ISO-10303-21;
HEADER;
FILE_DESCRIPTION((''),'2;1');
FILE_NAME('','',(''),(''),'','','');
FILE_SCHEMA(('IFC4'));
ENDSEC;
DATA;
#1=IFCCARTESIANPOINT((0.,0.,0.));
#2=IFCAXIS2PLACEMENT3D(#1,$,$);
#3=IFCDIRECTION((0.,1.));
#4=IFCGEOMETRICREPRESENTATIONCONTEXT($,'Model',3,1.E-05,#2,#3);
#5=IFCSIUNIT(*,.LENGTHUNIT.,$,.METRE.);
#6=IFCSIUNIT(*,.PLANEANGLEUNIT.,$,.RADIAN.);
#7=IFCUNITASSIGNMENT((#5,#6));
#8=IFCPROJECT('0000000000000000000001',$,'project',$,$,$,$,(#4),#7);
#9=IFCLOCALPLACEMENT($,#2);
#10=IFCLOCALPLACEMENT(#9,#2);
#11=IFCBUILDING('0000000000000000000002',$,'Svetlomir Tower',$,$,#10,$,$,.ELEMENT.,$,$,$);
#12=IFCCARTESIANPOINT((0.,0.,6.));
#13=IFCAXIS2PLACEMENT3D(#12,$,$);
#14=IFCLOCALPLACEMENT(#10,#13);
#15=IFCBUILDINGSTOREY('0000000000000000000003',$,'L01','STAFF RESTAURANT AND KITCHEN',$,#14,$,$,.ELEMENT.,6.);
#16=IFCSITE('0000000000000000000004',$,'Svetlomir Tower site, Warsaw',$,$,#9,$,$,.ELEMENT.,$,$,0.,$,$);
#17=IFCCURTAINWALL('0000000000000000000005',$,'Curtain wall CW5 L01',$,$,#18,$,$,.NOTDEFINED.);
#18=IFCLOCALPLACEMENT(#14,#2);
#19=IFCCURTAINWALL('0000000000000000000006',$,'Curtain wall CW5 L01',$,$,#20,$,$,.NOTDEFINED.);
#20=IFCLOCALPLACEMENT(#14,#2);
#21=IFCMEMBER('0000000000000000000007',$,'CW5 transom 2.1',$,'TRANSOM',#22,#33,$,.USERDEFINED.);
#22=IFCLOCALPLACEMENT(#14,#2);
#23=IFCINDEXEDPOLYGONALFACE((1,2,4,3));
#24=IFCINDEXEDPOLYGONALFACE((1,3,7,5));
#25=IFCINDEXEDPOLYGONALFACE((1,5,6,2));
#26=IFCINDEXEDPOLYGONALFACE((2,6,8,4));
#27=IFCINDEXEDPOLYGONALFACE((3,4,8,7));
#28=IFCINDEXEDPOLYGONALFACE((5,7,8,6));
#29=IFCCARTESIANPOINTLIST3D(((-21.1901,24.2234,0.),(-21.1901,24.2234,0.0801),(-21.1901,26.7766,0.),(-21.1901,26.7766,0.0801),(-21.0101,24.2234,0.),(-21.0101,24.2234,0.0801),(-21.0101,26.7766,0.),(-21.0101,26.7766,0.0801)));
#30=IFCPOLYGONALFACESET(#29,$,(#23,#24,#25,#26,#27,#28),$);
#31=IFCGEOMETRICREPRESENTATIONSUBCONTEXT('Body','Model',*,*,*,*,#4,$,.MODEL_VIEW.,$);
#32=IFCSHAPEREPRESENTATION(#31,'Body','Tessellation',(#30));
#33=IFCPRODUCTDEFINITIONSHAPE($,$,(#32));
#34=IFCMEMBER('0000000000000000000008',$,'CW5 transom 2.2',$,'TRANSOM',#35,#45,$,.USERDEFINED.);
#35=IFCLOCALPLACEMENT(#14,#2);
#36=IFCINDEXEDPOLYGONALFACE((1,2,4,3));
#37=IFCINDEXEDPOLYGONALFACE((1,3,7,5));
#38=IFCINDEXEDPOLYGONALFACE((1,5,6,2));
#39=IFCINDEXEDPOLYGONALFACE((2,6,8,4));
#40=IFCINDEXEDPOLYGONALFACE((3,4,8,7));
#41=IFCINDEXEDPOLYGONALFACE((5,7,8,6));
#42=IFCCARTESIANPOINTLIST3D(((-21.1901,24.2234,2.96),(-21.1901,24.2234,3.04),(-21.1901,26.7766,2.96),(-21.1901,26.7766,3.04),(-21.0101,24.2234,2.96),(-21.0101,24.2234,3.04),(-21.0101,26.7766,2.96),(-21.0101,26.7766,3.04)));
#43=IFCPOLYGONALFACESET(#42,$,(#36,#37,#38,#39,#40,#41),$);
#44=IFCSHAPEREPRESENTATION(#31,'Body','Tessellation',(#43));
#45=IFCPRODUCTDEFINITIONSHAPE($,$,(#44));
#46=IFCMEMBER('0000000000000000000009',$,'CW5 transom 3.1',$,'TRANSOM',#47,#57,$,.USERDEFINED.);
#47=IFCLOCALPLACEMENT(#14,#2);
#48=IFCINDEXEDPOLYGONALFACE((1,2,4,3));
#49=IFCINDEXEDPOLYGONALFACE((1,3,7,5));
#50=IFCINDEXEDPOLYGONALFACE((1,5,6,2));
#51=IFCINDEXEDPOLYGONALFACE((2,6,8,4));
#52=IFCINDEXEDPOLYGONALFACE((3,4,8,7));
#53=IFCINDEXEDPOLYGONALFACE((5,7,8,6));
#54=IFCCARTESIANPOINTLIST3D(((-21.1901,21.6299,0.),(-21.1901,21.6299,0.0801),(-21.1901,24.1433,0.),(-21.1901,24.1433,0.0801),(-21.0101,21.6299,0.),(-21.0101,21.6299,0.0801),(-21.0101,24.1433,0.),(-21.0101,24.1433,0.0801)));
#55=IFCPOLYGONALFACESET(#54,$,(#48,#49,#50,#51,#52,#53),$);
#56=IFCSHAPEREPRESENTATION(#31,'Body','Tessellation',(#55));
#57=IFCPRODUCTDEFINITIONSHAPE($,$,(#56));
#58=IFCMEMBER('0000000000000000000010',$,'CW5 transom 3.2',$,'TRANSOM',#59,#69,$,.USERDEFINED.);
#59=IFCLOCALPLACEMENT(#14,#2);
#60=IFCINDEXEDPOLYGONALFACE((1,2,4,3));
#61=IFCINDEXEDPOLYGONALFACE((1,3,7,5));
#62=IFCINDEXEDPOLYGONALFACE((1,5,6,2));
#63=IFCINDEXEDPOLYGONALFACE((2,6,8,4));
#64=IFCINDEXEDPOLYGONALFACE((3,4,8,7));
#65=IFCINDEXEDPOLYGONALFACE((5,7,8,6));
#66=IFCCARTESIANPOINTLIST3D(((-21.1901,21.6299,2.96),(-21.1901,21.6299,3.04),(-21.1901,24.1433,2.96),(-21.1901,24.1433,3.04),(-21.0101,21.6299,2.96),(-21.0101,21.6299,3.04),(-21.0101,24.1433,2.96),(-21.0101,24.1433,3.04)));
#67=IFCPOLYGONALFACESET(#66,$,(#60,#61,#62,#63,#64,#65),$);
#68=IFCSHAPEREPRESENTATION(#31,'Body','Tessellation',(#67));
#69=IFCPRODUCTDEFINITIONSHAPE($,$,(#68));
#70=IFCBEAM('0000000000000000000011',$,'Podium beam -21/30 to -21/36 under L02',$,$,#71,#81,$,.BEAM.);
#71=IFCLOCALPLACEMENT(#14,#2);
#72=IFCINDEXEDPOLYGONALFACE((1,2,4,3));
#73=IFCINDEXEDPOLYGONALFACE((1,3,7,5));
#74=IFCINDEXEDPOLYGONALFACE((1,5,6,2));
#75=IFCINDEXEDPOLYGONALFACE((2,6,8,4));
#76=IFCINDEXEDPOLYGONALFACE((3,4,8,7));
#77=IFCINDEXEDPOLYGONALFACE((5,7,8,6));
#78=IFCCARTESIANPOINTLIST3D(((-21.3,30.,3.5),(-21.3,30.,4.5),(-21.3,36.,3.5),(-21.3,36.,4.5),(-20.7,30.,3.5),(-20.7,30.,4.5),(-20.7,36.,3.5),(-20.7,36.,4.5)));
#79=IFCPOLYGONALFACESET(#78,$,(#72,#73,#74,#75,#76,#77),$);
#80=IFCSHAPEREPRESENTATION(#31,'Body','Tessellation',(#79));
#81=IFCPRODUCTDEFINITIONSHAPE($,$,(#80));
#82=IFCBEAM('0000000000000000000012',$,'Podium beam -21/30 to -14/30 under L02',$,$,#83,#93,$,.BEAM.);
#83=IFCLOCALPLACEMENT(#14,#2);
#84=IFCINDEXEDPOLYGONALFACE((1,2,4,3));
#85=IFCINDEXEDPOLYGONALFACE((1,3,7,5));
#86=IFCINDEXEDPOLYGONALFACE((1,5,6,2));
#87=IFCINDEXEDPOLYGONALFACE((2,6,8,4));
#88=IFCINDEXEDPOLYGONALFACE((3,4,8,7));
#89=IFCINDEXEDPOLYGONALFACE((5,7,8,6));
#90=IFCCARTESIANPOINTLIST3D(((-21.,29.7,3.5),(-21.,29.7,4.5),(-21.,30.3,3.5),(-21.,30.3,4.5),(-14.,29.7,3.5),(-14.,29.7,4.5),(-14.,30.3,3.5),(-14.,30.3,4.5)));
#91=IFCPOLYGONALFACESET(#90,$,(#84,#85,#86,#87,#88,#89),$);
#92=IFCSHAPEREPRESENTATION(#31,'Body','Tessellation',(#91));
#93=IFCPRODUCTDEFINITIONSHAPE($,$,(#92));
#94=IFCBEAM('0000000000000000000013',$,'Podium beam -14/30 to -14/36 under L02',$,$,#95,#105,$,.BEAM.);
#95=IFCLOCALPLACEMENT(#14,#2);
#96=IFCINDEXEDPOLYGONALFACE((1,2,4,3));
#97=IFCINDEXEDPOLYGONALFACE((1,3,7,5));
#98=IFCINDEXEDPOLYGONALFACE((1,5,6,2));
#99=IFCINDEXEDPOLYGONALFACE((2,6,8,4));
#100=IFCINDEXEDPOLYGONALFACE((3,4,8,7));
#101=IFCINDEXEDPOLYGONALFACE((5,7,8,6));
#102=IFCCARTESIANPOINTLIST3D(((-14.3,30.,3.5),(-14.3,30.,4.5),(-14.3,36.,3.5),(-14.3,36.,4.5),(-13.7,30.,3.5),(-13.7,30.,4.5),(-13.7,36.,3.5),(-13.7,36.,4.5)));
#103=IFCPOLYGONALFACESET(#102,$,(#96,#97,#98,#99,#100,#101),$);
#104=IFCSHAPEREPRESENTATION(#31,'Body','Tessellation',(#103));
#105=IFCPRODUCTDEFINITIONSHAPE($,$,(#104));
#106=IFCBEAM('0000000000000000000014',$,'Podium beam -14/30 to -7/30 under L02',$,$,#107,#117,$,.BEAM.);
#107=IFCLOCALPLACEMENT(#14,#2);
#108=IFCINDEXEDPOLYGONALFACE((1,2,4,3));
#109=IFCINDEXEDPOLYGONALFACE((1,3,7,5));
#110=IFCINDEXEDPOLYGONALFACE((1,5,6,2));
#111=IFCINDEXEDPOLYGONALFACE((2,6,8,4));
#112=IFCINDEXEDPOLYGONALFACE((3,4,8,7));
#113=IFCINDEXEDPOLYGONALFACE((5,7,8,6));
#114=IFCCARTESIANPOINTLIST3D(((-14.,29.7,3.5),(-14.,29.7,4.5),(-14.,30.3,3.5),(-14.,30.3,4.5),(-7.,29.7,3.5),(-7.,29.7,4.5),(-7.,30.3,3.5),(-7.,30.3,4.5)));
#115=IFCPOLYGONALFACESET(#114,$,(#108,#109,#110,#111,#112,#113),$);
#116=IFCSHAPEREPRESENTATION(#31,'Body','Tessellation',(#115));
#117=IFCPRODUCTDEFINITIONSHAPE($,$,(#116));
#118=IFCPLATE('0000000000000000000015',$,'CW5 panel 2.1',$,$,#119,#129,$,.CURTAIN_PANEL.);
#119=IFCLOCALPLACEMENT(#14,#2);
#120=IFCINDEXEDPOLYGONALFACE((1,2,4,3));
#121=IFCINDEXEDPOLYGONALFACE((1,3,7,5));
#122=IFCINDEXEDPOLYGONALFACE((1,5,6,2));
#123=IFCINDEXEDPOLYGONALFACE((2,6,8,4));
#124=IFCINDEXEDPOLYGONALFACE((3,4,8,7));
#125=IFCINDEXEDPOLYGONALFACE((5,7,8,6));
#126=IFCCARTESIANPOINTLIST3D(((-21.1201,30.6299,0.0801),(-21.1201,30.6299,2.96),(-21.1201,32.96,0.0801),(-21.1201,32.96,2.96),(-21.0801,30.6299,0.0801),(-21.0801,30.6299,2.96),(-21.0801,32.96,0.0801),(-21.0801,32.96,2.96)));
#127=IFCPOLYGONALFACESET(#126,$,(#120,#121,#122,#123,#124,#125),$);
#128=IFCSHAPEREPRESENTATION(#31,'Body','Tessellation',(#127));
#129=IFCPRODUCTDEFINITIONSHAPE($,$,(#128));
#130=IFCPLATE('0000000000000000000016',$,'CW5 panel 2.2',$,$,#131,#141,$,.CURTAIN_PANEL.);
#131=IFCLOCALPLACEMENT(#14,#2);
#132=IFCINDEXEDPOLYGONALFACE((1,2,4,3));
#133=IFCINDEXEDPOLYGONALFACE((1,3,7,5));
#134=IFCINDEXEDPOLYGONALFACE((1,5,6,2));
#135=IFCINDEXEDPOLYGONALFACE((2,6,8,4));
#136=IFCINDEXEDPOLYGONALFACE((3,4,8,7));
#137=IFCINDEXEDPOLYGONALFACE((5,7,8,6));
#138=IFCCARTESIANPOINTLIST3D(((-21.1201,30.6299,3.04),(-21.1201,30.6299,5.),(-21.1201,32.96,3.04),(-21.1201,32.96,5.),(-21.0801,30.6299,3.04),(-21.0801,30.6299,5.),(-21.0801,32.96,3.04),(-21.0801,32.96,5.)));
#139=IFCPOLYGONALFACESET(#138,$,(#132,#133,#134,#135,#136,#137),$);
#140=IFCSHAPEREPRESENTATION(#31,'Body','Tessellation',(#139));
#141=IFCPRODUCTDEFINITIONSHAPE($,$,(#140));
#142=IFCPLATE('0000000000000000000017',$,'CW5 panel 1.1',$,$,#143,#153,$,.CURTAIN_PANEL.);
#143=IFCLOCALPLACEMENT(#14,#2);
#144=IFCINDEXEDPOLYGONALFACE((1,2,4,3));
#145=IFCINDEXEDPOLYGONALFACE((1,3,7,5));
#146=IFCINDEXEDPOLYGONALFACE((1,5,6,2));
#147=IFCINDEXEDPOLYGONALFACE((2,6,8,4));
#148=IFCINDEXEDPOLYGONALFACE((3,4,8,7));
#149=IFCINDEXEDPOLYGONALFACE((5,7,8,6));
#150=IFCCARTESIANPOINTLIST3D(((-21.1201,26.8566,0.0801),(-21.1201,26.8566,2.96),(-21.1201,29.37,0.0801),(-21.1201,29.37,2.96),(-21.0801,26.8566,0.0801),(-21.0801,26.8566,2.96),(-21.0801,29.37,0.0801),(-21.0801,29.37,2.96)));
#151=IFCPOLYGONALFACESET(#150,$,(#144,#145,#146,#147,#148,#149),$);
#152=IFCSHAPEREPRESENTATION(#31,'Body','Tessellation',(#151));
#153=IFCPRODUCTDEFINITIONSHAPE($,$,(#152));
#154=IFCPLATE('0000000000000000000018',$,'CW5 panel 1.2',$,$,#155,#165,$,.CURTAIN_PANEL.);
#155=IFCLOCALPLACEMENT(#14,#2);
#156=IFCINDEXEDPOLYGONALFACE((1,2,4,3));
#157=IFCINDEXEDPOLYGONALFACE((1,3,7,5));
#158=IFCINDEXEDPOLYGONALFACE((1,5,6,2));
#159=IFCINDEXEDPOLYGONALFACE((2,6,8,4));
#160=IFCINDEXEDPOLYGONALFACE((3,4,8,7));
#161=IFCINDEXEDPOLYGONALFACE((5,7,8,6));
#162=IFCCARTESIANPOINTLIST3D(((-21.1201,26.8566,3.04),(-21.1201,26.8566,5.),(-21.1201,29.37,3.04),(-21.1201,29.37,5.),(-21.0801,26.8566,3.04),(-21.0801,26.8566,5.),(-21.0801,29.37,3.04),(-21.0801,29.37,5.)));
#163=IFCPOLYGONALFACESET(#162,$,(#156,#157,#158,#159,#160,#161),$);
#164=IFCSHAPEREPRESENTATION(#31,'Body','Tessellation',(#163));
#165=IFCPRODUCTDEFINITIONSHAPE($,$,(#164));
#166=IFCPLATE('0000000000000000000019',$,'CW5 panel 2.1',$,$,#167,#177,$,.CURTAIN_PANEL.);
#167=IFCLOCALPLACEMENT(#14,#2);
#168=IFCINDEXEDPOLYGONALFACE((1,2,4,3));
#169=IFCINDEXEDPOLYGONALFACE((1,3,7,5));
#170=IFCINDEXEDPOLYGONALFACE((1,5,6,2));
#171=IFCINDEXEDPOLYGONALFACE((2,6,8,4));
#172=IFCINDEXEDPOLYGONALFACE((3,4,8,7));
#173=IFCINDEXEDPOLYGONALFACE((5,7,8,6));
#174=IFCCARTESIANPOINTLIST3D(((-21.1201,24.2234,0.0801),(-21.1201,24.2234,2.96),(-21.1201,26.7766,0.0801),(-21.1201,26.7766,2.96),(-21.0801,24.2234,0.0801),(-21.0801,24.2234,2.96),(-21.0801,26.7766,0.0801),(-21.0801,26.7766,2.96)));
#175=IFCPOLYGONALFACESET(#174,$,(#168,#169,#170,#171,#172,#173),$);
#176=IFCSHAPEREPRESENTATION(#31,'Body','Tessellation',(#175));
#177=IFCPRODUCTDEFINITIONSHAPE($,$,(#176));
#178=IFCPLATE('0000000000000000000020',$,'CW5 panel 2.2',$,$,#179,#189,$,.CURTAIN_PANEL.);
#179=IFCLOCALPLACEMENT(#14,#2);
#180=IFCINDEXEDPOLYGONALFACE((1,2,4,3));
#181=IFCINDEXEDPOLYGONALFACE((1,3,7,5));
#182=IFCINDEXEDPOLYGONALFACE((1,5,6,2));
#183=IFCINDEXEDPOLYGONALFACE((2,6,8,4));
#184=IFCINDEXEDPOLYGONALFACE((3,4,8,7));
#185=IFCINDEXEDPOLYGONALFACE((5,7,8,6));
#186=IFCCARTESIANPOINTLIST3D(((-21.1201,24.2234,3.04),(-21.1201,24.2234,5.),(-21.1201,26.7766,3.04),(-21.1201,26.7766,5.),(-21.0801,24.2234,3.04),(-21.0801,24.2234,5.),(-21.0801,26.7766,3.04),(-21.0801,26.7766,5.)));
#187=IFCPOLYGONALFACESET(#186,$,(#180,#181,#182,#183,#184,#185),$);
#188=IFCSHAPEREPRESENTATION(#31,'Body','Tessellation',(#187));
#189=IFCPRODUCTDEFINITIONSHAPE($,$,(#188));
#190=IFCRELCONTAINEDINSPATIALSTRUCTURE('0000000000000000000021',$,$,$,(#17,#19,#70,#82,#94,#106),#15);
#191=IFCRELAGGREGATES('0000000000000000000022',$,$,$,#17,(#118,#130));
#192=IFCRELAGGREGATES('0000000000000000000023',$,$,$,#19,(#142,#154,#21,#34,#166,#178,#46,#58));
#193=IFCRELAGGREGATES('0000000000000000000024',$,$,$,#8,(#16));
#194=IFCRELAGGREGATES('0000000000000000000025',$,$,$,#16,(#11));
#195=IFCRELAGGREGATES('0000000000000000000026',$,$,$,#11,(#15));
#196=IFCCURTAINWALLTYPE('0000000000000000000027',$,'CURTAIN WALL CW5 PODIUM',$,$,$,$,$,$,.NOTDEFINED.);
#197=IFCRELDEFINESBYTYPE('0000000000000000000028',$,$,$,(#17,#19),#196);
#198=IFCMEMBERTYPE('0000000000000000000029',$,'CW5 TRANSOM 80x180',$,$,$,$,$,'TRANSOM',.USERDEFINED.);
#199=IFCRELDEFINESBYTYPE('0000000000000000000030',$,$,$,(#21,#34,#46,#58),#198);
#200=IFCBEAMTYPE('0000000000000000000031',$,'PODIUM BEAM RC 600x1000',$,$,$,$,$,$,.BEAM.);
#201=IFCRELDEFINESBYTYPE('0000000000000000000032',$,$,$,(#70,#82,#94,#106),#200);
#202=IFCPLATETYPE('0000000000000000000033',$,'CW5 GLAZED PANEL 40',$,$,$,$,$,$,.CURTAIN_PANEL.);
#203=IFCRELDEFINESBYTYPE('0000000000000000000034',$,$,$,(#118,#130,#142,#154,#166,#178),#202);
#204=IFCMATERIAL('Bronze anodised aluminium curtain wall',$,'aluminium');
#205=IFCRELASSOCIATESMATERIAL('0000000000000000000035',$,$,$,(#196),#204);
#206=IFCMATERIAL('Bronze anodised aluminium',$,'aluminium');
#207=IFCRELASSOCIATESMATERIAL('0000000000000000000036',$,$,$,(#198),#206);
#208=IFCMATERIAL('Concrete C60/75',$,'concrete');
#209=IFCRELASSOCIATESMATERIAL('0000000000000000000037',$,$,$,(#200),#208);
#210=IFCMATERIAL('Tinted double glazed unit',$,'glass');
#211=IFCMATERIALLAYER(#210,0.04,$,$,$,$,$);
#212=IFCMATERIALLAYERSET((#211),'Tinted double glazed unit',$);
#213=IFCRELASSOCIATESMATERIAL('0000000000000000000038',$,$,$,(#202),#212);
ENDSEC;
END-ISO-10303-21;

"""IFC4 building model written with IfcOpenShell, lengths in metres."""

from ifc_helpers import new_model, si_unit, direction, frame, origin, origin_2d, place, context, subcontext, project, spatial, rectangle, extrude, material, layer, layer_set, material_profile, profile_set, type_object, element, aggregate, save


model = new_model("IFC4")

# Units and contexts
model_context = context("Model", 3, precision=1e-05, world=origin(), true_north=direction((0.0, 1.0)))
body_context = subcontext(model_context, "Body", "Model", "MODEL_VIEW")
ifc_project = project(units=[si_unit("LENGTHUNIT", "METRE"), si_unit("PLANEANGLEUNIT", "RADIAN")], contexts=[model_context])

# Site, building, storey
site_placement = place(None, origin())
site = spatial("IfcSite", under=ifc_project, at=site_placement, Name="Svetlomir Tower site, Warsaw", CompositionType="ELEMENT", RefElevation=0.0)
building_placement = place(site_placement, origin())
building = spatial("IfcBuilding", under=site, at=building_placement, Name="Svetlomir Tower", CompositionType="ELEMENT")
storey_placement = place(building_placement, frame((0.0, 0.0, 6.0)))
storey = spatial("IfcBuildingStorey", under=building, at=storey_placement, Name="L01", Description="STAFF RESTAURANT AND KITCHEN", CompositionType="ELEMENT", Elevation=6.0)

# Curtain wall
ifc_material_1 = material(Name="Bronze anodised aluminium curtain wall", Category="aluminium")
curtain_wall_type = type_object("IfcCurtainWallType", Name="CURTAIN WALL CW5 PODIUM", PredefinedType="NOTDEFINED", material=ifc_material_1)
curtain_wall_1_placement = place(storey_placement, origin())
curtain_wall_1 = element("IfcCurtainWall", 1, at=curtain_wall_1_placement, inside=storey, type_object=curtain_wall_type, Name="Curtain wall CW5 L01", PredefinedType="NOTDEFINED")

# Curtain wall
curtain_wall_2_placement = place(storey_placement, origin())
curtain_wall_2 = element("IfcCurtainWall", 2, at=curtain_wall_2_placement, inside=storey, type_object=curtain_wall_type, Name="Curtain wall CW5 L01", PredefinedType="NOTDEFINED")

# Members
ifc_material_2 = material(Name="Bronze anodised aluminium", Category="aluminium")
ifc_material_profile_1 = material_profile(ifc_material_2, rectangle(XDim=0.1799, YDim=0.0801, at=origin_2d()), Name="AL 180x80")
ifc_profile_set_1 = profile_set([ifc_material_profile_1], Name="Bronze anodised aluminium 6063-T6")
member_type_1 = type_object("IfcMemberType", Name="CW5 TRANSOM 80x180", ElementType="TRANSOM", PredefinedType="USERDEFINED", material=ifc_profile_set_1)
member_1_placement = place(storey_placement, frame((-21.1001, 26.7766, 0.04), z_axis=(0.0, -1.0, 0.0), x_axis=(1.0, 0.0, 0.0)))
member_1 = element("IfcMember", 3, at=member_1_placement, type_object=member_type_1, Name="CW5 transom 2.1", ObjectType="TRANSOM", PredefinedType="USERDEFINED", context=body_context, shape_type="SweptSolid", body=[
    extrude(rectangle(XDim=0.1799, YDim=0.0801, at=origin_2d()), origin(), (0.0, 0.0, 1.0), 2.5532),
])
member_2_placement = place(storey_placement, frame((-21.1001, 26.7766, 3.0), z_axis=(0.0, -1.0, 0.0), x_axis=(1.0, 0.0, 0.0)))
member_2 = element("IfcMember", 4, at=member_2_placement, type_object=member_type_1, Name="CW5 transom 2.2", ObjectType="TRANSOM", PredefinedType="USERDEFINED", context=body_context, shape_type="SweptSolid", body=[
    extrude(rectangle(XDim=0.1799, YDim=0.0801, at=origin_2d()), origin(), (0.0, 0.0, 1.0), 2.5532),
])
member_3_placement = place(storey_placement, frame((-21.1001, 24.1433, 0.04), z_axis=(0.0, -1.0, 0.0), x_axis=(1.0, 0.0, 0.0)))
member_3 = element("IfcMember", 5, at=member_3_placement, type_object=member_type_1, Name="CW5 transom 3.1", ObjectType="TRANSOM", PredefinedType="USERDEFINED", context=body_context, shape_type="SweptSolid", body=[
    extrude(rectangle(XDim=0.1799, YDim=0.0801, at=origin_2d()), origin(), (0.0, 0.0, 1.0), 2.5134),
])
member_4_placement = place(storey_placement, frame((-21.1001, 24.1433, 3.0), z_axis=(0.0, -1.0, 0.0), x_axis=(1.0, 0.0, 0.0)))
member_4 = element("IfcMember", 6, at=member_4_placement, type_object=member_type_1, Name="CW5 transom 3.2", ObjectType="TRANSOM", PredefinedType="USERDEFINED", context=body_context, shape_type="SweptSolid", body=[
    extrude(rectangle(XDim=0.1799, YDim=0.0801, at=origin_2d()), origin(), (0.0, 0.0, 1.0), 2.5134),
])

# Beams
ifc_material_3 = material(Name="Concrete C60/75", Category="concrete")
ifc_material_profile_2 = material_profile(ifc_material_3, rectangle(XDim=0.6001, YDim=1.0, at=origin_2d()), Name="RC 600x1000")
ifc_profile_set_2 = profile_set([ifc_material_profile_2], Name="Concrete C60/75")
beam_type = type_object("IfcBeamType", Name="PODIUM BEAM RC 600x1000", PredefinedType="BEAM", material=ifc_profile_set_2)
beam_1_placement = place(storey_placement, frame((-21.0, 30.0, 4.0), z_axis=(0.0, 1.0, 0.0), x_axis=(-1.0, 0.0, 0.0)))
element("IfcBeam", 7, at=beam_1_placement, inside=storey, type_object=beam_type, Name="Podium beam -21/30 to -21/36 under L02", PredefinedType="BEAM", context=body_context, shape_type="SweptSolid", body=[
    extrude(rectangle(XDim=0.6001, YDim=1.0, at=origin_2d()), origin(), (0.0, 0.0, 1.0), 6.0),
])
beam_2_placement = place(storey_placement, frame((-21.0, 30.0, 4.0), z_axis=(1.0, 0.0, 0.0), x_axis=(0.0, 1.0, 0.0)))
element("IfcBeam", 8, at=beam_2_placement, inside=storey, type_object=beam_type, Name="Podium beam -21/30 to -14/30 under L02", PredefinedType="BEAM", context=body_context, shape_type="SweptSolid", body=[
    extrude(rectangle(XDim=0.6001, YDim=1.0, at=origin_2d()), origin(), (0.0, 0.0, 1.0), 7.0),
])
beam_3_placement = place(storey_placement, frame((-14.0, 30.0, 4.0), z_axis=(0.0, 1.0, 0.0), x_axis=(-1.0, 0.0, 0.0)))
element("IfcBeam", 9, at=beam_3_placement, inside=storey, type_object=beam_type, Name="Podium beam -14/30 to -14/36 under L02", PredefinedType="BEAM", context=body_context, shape_type="SweptSolid", body=[
    extrude(rectangle(XDim=0.6001, YDim=1.0, at=origin_2d()), origin(), (0.0, 0.0, 1.0), 6.0),
])
beam_4_placement = place(storey_placement, frame((-14.0, 30.0, 4.0), z_axis=(1.0, 0.0, 0.0), x_axis=(0.0, 1.0, 0.0)))
element("IfcBeam", 10, at=beam_4_placement, inside=storey, type_object=beam_type, Name="Podium beam -14/30 to -7/30 under L02", PredefinedType="BEAM", context=body_context, shape_type="SweptSolid", body=[
    extrude(rectangle(XDim=0.6001, YDim=1.0, at=origin_2d()), origin(), (0.0, 0.0, 1.0), 7.0),
])

# Plates
ifc_material_4 = material(Name="Tinted double glazed unit", Category="glass")
ifc_layer_1 = layer(ifc_material_4, 0.04)
ifc_layer_set_1 = layer_set([ifc_layer_1], Name="Tinted double glazed unit")
plate_type = type_object("IfcPlateType", Name="CW5 GLAZED PANEL 40", PredefinedType="CURTAIN_PANEL", material=ifc_layer_set_1)
plate_1_placement = place(storey_placement, frame((-21.1001, 31.7949, 0.0801), z_axis=(0.0, 0.0, 1.0), x_axis=(0.0, -1.0, 0.0)))
plate_1 = element("IfcPlate", 11, at=plate_1_placement, type_object=plate_type, Name="CW5 panel 2.1", PredefinedType="CURTAIN_PANEL", context=body_context, shape_type="SweptSolid", body=[
    extrude(rectangle(XDim=2.3301, YDim=0.04, at=origin_2d()), origin(), (0.0, 0.0, 1.0), 2.8799),
])
plate_2_placement = place(storey_placement, frame((-21.1001, 31.7949, 3.04), z_axis=(0.0, 0.0, 1.0), x_axis=(0.0, -1.0, 0.0)))
plate_2 = element("IfcPlate", 12, at=plate_2_placement, type_object=plate_type, Name="CW5 panel 2.2", PredefinedType="CURTAIN_PANEL", context=body_context, shape_type="SweptSolid", body=[
    extrude(rectangle(XDim=2.3301, YDim=0.04, at=origin_2d()), origin(), (0.0, 0.0, 1.0), 1.96),
])
aggregate(curtain_wall_1, [plate_1, plate_2])
plate_3_placement = place(storey_placement, frame((-21.1001, 28.1133, 0.0801), z_axis=(0.0, 0.0, 1.0), x_axis=(0.0, -1.0, 0.0)))
plate_3 = element("IfcPlate", 13, at=plate_3_placement, type_object=plate_type, Name="CW5 panel 1.1", PredefinedType="CURTAIN_PANEL", context=body_context, shape_type="SweptSolid", body=[
    extrude(rectangle(XDim=2.5134, YDim=0.04, at=origin_2d()), origin(), (0.0, 0.0, 1.0), 2.8799),
])
plate_4_placement = place(storey_placement, frame((-21.1001, 28.1133, 3.04), z_axis=(0.0, 0.0, 1.0), x_axis=(0.0, -1.0, 0.0)))
plate_4 = element("IfcPlate", 14, at=plate_4_placement, type_object=plate_type, Name="CW5 panel 1.2", PredefinedType="CURTAIN_PANEL", context=body_context, shape_type="SweptSolid", body=[
    extrude(rectangle(XDim=2.5134, YDim=0.04, at=origin_2d()), origin(), (0.0, 0.0, 1.0), 1.96),
])
plate_5_placement = place(storey_placement, frame((-21.1001, 25.5, 0.0801), z_axis=(0.0, 0.0, 1.0), x_axis=(0.0, -1.0, 0.0)))
plate_5 = element("IfcPlate", 15, at=plate_5_placement, type_object=plate_type, Name="CW5 panel 2.1", PredefinedType="CURTAIN_PANEL", context=body_context, shape_type="SweptSolid", body=[
    extrude(rectangle(XDim=2.5532, YDim=0.04, at=origin_2d()), origin(), (0.0, 0.0, 1.0), 2.8799),
])
plate_6_placement = place(storey_placement, frame((-21.1001, 25.5, 3.04), z_axis=(0.0, 0.0, 1.0), x_axis=(0.0, -1.0, 0.0)))
plate_6 = element("IfcPlate", 16, at=plate_6_placement, type_object=plate_type, Name="CW5 panel 2.2", PredefinedType="CURTAIN_PANEL", context=body_context, shape_type="SweptSolid", body=[
    extrude(rectangle(XDim=2.5532, YDim=0.04, at=origin_2d()), origin(), (0.0, 0.0, 1.0), 1.96),
])
aggregate(curtain_wall_2, [plate_3, plate_4, member_1, member_2, plate_5, plate_6, member_3, member_4])

save(model, "model.ifc")
